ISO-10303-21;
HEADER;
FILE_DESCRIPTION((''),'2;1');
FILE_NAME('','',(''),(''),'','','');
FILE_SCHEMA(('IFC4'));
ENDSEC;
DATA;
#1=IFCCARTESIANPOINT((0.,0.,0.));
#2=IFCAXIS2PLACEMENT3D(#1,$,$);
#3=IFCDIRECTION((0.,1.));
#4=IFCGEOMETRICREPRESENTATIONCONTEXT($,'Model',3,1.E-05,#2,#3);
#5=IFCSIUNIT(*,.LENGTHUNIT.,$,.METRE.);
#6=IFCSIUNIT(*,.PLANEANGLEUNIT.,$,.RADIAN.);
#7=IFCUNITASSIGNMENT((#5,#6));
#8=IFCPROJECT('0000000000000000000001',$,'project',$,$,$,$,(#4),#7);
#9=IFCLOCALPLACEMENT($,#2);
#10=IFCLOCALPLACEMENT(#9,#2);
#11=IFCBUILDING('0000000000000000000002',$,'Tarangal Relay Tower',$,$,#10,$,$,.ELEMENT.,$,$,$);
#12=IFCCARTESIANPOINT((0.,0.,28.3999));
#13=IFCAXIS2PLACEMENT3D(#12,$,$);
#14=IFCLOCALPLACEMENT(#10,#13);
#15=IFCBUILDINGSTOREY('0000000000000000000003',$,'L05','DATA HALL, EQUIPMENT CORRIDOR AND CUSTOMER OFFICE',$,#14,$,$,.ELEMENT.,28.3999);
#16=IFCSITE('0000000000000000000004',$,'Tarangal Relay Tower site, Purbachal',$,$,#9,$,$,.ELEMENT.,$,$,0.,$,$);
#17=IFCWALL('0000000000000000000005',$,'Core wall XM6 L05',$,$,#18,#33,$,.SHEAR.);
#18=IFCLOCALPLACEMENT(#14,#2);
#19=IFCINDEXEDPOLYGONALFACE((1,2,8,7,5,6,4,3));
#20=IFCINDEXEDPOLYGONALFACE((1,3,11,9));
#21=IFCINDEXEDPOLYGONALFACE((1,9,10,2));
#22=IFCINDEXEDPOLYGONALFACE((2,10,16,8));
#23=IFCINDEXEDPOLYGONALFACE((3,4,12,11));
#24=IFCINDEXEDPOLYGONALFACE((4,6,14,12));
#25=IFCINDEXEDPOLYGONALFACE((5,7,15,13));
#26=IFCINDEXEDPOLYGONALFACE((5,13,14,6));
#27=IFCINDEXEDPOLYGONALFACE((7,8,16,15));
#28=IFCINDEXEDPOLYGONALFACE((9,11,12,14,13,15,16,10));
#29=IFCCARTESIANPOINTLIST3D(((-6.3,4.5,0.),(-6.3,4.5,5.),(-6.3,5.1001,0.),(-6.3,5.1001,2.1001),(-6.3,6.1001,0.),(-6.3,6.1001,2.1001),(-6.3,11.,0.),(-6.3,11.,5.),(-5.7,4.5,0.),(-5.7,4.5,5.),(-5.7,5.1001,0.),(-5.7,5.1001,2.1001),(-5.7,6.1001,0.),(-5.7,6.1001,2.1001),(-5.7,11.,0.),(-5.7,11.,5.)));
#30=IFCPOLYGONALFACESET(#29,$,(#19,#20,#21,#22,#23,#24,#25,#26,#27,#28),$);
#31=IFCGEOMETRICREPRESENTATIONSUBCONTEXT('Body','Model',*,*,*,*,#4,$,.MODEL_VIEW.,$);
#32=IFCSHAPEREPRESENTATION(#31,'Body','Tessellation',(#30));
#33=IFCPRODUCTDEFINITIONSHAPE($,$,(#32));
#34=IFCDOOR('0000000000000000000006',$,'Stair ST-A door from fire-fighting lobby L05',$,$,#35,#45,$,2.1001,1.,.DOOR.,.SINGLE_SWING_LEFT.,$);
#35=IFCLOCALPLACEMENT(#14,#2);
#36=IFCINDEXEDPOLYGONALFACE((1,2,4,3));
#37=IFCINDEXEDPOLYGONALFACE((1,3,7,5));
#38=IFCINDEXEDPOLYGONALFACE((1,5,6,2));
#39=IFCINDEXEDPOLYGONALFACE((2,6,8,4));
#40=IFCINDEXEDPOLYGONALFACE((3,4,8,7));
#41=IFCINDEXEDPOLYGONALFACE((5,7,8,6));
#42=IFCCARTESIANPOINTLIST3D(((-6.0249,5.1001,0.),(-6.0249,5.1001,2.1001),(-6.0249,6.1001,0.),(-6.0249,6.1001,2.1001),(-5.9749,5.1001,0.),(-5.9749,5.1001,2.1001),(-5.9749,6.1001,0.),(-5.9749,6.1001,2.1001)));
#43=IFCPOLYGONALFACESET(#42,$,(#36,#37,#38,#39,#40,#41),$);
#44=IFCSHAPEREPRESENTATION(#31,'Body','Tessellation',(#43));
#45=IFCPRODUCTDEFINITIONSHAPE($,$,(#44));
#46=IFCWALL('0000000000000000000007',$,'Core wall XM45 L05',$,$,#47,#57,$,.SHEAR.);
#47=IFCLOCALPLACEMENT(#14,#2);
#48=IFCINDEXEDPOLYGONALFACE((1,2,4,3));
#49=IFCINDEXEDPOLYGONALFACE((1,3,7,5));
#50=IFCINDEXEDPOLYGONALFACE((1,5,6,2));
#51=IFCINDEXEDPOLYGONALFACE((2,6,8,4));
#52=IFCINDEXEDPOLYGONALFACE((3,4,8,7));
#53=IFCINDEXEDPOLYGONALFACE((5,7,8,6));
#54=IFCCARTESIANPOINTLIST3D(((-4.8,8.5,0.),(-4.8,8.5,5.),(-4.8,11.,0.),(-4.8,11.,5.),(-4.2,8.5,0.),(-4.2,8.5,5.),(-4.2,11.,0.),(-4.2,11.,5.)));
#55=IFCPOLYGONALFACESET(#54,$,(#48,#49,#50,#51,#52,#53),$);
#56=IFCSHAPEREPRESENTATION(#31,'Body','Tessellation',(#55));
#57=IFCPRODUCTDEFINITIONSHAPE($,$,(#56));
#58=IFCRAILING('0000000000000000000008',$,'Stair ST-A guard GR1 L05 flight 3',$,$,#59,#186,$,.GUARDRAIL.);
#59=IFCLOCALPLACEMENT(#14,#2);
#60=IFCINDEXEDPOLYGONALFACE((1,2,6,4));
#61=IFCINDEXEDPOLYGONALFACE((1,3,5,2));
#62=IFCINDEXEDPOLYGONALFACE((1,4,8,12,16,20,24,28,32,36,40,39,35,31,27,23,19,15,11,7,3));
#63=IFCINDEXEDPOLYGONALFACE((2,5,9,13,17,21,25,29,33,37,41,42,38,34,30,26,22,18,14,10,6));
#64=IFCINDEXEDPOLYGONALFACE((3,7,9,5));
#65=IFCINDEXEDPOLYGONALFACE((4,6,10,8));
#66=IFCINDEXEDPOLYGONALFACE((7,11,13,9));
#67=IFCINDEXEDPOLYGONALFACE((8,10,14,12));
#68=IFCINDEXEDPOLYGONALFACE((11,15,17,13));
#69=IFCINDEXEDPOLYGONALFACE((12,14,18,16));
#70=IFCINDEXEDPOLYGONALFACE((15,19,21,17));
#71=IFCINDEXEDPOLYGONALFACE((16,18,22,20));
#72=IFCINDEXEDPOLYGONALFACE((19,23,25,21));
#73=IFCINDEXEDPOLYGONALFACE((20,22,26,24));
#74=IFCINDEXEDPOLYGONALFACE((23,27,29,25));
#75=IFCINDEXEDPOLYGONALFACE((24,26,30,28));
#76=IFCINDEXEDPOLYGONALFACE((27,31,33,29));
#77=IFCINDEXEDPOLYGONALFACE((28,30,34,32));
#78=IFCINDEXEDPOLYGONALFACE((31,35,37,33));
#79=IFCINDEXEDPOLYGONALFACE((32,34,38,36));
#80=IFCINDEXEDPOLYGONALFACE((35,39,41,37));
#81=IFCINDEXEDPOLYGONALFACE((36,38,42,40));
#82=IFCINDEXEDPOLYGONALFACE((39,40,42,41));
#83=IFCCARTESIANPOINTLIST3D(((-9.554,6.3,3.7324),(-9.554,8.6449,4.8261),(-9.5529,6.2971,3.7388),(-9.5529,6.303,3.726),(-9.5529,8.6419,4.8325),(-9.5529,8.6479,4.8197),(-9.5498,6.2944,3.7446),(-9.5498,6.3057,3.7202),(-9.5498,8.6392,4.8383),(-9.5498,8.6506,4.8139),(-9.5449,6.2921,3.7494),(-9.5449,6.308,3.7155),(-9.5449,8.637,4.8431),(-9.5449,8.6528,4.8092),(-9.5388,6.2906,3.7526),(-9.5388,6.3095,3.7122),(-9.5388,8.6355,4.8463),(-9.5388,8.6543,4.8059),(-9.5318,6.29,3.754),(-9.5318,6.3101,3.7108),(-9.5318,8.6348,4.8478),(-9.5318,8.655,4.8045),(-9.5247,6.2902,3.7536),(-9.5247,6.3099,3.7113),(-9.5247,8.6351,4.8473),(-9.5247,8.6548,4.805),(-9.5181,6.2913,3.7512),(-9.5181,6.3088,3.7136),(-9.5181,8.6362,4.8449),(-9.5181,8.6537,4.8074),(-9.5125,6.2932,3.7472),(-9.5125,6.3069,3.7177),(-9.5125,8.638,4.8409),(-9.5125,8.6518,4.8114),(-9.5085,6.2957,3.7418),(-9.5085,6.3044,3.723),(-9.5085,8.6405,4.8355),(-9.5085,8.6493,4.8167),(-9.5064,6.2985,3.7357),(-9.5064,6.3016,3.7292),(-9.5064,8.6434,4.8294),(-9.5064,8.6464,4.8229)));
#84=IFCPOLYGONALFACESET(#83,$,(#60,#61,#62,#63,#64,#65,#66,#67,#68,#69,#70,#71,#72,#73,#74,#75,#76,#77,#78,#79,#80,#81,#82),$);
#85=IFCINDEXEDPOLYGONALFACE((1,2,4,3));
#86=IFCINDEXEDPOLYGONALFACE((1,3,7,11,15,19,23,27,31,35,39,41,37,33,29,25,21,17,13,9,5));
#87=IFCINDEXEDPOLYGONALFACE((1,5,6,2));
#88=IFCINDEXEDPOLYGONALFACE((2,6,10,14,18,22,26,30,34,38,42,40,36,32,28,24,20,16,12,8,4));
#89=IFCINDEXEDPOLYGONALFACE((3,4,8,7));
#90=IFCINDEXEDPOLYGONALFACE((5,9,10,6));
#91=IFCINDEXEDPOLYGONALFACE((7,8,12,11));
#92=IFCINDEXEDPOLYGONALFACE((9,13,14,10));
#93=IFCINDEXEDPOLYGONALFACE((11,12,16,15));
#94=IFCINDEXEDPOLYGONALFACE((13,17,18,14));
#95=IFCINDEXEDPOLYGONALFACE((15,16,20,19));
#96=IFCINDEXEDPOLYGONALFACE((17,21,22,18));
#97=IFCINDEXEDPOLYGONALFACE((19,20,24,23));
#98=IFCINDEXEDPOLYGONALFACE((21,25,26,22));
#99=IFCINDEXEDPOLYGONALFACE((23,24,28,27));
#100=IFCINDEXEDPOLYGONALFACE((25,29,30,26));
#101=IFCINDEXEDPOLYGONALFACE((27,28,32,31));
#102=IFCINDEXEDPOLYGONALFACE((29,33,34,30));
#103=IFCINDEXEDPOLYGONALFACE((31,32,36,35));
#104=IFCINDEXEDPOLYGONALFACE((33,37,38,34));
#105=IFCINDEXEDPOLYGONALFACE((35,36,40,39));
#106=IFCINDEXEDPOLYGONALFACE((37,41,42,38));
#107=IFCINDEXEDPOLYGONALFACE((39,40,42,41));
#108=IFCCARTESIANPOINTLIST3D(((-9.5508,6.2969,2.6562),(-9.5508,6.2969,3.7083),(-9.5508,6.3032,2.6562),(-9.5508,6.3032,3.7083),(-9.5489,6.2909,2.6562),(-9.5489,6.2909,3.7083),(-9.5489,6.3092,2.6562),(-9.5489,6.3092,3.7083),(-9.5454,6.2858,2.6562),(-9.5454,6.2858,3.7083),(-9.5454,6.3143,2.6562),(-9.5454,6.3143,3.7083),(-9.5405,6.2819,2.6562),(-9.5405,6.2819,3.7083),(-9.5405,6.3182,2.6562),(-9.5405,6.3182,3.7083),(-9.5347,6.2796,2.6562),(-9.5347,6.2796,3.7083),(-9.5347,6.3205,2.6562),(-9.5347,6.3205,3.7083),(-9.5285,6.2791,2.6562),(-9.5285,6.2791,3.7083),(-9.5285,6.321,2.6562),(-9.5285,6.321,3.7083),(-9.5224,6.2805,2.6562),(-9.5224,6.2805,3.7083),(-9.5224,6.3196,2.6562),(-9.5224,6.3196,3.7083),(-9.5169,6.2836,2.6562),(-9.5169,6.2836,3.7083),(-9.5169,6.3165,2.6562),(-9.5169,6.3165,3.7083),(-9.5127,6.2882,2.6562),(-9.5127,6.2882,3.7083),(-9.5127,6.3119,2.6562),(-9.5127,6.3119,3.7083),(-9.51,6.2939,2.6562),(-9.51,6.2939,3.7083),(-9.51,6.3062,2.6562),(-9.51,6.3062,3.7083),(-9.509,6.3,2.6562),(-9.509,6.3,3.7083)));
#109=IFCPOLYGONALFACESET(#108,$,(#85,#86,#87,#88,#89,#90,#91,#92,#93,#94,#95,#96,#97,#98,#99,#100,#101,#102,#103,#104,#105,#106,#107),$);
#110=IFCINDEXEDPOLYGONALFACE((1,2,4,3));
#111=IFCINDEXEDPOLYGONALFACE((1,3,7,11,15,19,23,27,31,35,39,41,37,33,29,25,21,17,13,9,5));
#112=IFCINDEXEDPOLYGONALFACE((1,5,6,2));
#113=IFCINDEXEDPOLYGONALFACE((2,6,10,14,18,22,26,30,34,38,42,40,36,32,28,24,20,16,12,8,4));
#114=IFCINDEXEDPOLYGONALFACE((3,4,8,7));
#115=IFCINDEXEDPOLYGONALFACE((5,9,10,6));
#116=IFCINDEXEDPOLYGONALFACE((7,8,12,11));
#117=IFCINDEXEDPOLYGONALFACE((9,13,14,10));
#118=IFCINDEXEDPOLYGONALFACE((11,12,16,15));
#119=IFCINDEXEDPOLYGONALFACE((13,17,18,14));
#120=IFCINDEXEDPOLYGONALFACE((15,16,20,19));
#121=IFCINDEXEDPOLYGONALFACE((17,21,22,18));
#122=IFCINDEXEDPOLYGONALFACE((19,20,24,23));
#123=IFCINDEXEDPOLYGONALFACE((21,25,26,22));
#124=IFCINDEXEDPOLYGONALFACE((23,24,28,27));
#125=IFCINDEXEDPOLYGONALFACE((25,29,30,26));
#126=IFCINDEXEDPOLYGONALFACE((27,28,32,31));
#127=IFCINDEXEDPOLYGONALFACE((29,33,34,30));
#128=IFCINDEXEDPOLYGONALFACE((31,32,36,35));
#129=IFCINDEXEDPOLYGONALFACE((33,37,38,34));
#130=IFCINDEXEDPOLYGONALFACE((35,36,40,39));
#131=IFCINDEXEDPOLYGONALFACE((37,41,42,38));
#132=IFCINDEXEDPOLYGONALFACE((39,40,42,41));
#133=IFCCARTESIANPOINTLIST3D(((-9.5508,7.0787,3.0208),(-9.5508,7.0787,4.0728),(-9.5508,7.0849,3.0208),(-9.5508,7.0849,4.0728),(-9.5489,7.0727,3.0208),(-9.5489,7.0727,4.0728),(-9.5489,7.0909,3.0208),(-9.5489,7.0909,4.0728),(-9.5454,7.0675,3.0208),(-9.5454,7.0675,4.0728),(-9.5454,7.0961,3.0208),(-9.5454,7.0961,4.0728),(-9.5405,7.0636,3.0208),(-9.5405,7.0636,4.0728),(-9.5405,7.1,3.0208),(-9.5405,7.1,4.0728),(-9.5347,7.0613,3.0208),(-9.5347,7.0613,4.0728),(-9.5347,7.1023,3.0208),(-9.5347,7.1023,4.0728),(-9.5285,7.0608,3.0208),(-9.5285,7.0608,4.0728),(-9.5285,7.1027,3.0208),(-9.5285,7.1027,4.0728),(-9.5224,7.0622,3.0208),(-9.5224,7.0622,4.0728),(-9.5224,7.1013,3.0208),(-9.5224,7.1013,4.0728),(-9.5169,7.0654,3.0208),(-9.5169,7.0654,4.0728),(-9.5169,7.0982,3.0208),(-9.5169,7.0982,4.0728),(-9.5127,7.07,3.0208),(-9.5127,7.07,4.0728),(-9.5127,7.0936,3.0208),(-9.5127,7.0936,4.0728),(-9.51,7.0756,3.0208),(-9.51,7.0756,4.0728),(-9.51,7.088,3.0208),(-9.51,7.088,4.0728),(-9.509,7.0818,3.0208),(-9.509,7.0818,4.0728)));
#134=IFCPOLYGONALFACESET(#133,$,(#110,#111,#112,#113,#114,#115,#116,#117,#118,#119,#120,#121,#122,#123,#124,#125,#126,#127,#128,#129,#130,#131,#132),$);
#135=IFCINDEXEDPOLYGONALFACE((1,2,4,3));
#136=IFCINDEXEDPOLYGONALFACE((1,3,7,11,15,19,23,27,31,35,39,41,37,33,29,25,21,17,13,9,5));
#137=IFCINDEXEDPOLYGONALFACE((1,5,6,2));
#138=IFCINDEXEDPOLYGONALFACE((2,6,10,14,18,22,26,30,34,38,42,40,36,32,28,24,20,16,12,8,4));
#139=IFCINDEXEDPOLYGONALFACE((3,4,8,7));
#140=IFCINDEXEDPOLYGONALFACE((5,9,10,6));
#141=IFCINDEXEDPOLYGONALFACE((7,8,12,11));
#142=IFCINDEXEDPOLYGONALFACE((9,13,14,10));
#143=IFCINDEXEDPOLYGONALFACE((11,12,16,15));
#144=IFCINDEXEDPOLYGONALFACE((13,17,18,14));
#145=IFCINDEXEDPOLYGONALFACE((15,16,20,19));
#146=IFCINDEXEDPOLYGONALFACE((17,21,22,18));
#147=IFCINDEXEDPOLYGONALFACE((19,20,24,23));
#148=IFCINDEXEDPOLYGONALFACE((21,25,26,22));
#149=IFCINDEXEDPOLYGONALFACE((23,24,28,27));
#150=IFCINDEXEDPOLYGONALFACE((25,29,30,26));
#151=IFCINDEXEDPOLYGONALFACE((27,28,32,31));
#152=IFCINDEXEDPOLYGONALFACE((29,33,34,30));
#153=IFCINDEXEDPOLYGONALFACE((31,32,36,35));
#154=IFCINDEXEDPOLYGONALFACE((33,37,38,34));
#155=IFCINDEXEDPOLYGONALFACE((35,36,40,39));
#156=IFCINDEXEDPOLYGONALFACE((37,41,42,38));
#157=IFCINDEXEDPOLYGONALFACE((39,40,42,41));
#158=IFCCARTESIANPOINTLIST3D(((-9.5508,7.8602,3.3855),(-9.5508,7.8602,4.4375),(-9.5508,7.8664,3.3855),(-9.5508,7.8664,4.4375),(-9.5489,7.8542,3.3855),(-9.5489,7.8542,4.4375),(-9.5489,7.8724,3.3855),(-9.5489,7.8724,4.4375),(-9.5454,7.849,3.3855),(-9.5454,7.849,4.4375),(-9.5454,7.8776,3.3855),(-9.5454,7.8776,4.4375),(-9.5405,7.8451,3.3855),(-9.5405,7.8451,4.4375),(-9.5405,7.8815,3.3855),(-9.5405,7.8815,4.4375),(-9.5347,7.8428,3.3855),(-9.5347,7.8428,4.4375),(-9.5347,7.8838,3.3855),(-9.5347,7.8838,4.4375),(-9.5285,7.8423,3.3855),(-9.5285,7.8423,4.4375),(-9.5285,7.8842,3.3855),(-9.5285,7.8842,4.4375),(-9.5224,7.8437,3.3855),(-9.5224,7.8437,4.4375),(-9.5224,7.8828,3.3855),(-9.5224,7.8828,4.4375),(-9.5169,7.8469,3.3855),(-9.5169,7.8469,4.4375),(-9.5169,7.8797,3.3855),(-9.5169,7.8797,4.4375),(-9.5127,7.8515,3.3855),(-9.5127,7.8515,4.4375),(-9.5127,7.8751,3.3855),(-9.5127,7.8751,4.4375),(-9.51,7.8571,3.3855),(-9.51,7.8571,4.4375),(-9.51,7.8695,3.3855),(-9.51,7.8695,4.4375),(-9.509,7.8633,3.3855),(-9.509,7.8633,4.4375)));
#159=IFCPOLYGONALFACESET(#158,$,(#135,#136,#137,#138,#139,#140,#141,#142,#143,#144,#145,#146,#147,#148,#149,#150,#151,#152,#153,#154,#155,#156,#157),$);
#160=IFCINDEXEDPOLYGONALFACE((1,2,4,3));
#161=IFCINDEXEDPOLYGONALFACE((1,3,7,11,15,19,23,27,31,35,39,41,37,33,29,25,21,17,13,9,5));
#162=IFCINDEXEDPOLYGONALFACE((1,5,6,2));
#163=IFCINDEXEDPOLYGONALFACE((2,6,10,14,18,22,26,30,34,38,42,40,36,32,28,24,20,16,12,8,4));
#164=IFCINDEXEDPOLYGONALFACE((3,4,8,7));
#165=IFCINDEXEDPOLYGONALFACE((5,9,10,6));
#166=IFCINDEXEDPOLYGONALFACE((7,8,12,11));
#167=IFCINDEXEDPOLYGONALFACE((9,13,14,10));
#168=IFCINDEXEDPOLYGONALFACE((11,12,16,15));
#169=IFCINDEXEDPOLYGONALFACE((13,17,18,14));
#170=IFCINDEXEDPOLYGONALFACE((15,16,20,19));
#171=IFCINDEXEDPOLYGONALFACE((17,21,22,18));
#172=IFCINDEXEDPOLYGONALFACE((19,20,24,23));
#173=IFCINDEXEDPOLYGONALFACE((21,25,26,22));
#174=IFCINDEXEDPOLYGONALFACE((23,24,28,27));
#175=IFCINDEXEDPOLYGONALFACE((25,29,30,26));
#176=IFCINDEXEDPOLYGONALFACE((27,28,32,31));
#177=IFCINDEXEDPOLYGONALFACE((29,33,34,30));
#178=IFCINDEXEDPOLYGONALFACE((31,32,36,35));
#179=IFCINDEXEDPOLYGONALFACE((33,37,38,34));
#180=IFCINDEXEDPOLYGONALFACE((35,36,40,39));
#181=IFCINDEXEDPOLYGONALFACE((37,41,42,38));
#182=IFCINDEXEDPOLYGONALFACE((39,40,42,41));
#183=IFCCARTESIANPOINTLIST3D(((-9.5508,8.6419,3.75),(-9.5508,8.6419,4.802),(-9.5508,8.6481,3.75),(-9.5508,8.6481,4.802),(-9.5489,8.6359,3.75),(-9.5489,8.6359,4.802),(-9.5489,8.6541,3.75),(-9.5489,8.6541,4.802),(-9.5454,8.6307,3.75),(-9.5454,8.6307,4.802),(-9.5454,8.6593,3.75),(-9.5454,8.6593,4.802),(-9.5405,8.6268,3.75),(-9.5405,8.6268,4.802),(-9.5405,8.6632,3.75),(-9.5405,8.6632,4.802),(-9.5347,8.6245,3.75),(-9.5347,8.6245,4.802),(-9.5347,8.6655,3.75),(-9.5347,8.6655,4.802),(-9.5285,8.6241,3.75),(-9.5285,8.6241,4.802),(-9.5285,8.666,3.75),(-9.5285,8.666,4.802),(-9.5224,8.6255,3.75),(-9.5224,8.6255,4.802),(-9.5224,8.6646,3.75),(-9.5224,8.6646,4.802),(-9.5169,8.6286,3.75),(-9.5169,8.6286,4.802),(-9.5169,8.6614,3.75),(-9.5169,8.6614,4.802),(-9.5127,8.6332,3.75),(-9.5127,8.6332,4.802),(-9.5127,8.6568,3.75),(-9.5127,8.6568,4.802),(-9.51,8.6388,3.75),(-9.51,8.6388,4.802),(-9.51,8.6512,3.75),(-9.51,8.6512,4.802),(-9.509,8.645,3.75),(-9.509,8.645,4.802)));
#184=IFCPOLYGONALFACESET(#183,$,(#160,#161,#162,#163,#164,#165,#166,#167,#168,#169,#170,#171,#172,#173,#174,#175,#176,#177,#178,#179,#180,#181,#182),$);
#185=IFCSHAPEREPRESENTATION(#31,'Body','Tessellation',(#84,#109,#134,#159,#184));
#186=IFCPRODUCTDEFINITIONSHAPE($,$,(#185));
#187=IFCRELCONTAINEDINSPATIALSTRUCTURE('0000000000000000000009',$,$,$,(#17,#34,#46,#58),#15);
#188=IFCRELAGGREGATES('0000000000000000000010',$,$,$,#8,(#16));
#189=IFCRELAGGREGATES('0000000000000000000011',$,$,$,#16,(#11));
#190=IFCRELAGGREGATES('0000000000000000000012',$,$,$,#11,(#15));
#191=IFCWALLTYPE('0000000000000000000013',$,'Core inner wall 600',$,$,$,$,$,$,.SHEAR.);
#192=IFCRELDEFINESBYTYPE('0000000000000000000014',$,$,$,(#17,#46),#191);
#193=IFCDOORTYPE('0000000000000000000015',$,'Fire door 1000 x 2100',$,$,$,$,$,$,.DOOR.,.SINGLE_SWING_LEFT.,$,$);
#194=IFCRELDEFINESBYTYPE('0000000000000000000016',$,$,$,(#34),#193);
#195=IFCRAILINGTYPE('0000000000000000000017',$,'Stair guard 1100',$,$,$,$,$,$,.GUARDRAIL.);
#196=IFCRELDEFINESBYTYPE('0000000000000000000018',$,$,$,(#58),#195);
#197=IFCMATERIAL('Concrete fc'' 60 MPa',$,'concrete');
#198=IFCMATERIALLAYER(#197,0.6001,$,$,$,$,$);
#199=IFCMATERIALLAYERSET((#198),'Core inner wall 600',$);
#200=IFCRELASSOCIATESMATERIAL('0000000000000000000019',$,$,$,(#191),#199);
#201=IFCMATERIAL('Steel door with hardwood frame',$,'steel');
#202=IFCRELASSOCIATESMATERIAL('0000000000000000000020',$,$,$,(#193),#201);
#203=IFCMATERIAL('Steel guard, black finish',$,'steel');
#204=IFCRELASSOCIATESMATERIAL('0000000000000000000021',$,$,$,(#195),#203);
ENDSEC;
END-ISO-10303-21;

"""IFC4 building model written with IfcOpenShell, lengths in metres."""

from ifc_helpers import new_model, si_unit, direction, frame, frame_2d, origin, origin_2d, place, context, subcontext, project, spatial, rectangle, circle, extrude, material, layer, layer_set, type_object, element, fill, save


model = new_model("IFC4")

# Units and contexts
model_context = context("Model", 3, precision=1e-05, world=origin(), true_north=direction((0.0, 1.0)))
body_context = subcontext(model_context, "Body", "Model", "MODEL_VIEW")
ifc_project = project(units=[si_unit("LENGTHUNIT", "METRE"), si_unit("PLANEANGLEUNIT", "RADIAN")], contexts=[model_context])

# Site, building, storey
site_placement = place(None, origin())
site = spatial("IfcSite", under=ifc_project, at=site_placement, Name="Tarangal Relay Tower site, Purbachal", CompositionType="ELEMENT", RefElevation=0.0)
building_placement = place(site_placement, origin())
building = spatial("IfcBuilding", under=site, at=building_placement, Name="Tarangal Relay Tower", CompositionType="ELEMENT")
storey_placement = place(building_placement, frame((0.0, 0.0, 28.3999)))
storey = spatial("IfcBuildingStorey", under=building, at=storey_placement, Name="L05", Description="DATA HALL, EQUIPMENT CORRIDOR AND CUSTOMER OFFICE", CompositionType="ELEMENT", Elevation=28.3999)

# Shared definitions
ifc_material_1 = material(Name="Concrete fc' 60 MPa", Category="concrete")
ifc_layer_1 = layer(ifc_material_1, 0.6001)
ifc_layer_set_1 = layer_set([ifc_layer_1], Name="Core inner wall 600")
wall_type = type_object("IfcWallType", Name="Core inner wall 600", PredefinedType="SHEAR", material=ifc_layer_set_1)
ifc_material_2 = material(Name="Steel door with hardwood frame", Category="steel")

# Wall, opening, door
wall_1_placement = place(storey_placement, frame((-6.0, 4.5, 0.0), z_axis=(0.0, 0.0, 1.0), x_axis=(0.0, 1.0, 0.0)))
wall_1 = element("IfcWall", 1, at=wall_1_placement, inside=storey, type_object=wall_type, Name="Core wall XM6 L05", PredefinedType="SHEAR", context=body_context, shape_type="SweptSolid", body=[
    extrude(rectangle(XDim=6.5, YDim=0.6001, at=frame_2d((3.25, 0.0))), origin(), (0.0, 0.0, 1.0), 5.0),
])
opening_1_placement = place(wall_1_placement, frame((0.6001, 0.0, 0.0)))
opening_1 = element("IfcOpeningElement", 2, at=opening_1_placement, cuts=wall_1, PredefinedType="OPENING", context=body_context, shape_type="SweptSolid", body=[
    extrude(rectangle(XDim=1.0, YDim=2.1001, at=frame_2d((0.5, 1.05))), frame((0.0, 0.3101, 0.0), z_axis=(0.0, -1.0, 0.0), x_axis=(1.0, 0.0, 0.0)), (0.0, 0.0, 1.0), 0.6201),
])
door_type_1 = type_object("IfcDoorType", Name="Fire door 1000 x 2100", OperationType="SINGLE_SWING_LEFT", PredefinedType="DOOR", material=ifc_material_2)
door_1_placement = place(opening_1_placement, origin())
door_1 = element("IfcDoor", 3, at=door_1_placement, inside=storey, type_object=door_type_1, Name="Stair ST-A door from fire-fighting lobby L05", OperationType="SINGLE_SWING_LEFT", OverallHeight=2.1001, OverallWidth=1.0, PredefinedType="DOOR", context=body_context, shape_type="SweptSolid", body=[
    extrude(rectangle(XDim=1.0, YDim=2.1001, at=frame_2d((0.5, 1.05))), frame((0.0, 0.0249, 0.0), z_axis=(0.0, -1.0, 0.0), x_axis=(1.0, 0.0, 0.0)), (0.0, 0.0, 1.0), 0.05),
])
fill(opening_1, door_1)

# Wall
wall_2_placement = place(storey_placement, frame((-4.5, 8.5, 0.0), z_axis=(0.0, 0.0, 1.0), x_axis=(0.0, 1.0, 0.0)))
element("IfcWall", 4, at=wall_2_placement, inside=storey, type_object=wall_type, Name="Core wall XM45 L05", PredefinedType="SHEAR", context=body_context, shape_type="SweptSolid", body=[
    extrude(rectangle(XDim=2.5, YDim=0.6001, at=frame_2d((1.25, 0.0))), origin(), (0.0, 0.0, 1.0), 5.0),
])

# Railing
ifc_material_3 = material(Name="Steel guard, black finish", Category="steel")
railing_type = type_object("IfcRailingType", Name="Stair guard 1100", PredefinedType="GUARDRAIL", material=ifc_material_3)
railing_placement = place(storey_placement, frame((-9.53, 6.3, 2.6562)))
element("IfcRailing", 5, at=railing_placement, inside=storey, type_object=railing_type, Name="Stair ST-A guard GR1 L05 flight 3", PredefinedType="GUARDRAIL", context=body_context, shape_type="SweptSolid", body=[
    extrude(circle(Radius=0.0239, at=origin_2d()), frame((0.0, 0.0, 1.0762), z_axis=(0.0, 0.906267, 0.422705), x_axis=(-1.0, 0.0, 0.0)), (0.0, 0.0, 1.0), 2.5874),
    extrude(circle(Radius=0.021, at=origin_2d()), origin(), (0.0, 0.0, 1.0), 1.052),
    extrude(circle(Radius=0.021, at=origin_2d()), frame((0.0, 0.7817, 0.3645)), (0.0, 0.0, 1.0), 1.052),
    extrude(circle(Radius=0.021, at=origin_2d()), frame((0.0, 1.5632, 0.7292)), (0.0, 0.0, 1.0), 1.052),
    extrude(circle(Radius=0.021, at=origin_2d()), frame((0.0, 2.345, 1.0938)), (0.0, 0.0, 1.0), 1.052),
])

save(model, "model.ifc")
